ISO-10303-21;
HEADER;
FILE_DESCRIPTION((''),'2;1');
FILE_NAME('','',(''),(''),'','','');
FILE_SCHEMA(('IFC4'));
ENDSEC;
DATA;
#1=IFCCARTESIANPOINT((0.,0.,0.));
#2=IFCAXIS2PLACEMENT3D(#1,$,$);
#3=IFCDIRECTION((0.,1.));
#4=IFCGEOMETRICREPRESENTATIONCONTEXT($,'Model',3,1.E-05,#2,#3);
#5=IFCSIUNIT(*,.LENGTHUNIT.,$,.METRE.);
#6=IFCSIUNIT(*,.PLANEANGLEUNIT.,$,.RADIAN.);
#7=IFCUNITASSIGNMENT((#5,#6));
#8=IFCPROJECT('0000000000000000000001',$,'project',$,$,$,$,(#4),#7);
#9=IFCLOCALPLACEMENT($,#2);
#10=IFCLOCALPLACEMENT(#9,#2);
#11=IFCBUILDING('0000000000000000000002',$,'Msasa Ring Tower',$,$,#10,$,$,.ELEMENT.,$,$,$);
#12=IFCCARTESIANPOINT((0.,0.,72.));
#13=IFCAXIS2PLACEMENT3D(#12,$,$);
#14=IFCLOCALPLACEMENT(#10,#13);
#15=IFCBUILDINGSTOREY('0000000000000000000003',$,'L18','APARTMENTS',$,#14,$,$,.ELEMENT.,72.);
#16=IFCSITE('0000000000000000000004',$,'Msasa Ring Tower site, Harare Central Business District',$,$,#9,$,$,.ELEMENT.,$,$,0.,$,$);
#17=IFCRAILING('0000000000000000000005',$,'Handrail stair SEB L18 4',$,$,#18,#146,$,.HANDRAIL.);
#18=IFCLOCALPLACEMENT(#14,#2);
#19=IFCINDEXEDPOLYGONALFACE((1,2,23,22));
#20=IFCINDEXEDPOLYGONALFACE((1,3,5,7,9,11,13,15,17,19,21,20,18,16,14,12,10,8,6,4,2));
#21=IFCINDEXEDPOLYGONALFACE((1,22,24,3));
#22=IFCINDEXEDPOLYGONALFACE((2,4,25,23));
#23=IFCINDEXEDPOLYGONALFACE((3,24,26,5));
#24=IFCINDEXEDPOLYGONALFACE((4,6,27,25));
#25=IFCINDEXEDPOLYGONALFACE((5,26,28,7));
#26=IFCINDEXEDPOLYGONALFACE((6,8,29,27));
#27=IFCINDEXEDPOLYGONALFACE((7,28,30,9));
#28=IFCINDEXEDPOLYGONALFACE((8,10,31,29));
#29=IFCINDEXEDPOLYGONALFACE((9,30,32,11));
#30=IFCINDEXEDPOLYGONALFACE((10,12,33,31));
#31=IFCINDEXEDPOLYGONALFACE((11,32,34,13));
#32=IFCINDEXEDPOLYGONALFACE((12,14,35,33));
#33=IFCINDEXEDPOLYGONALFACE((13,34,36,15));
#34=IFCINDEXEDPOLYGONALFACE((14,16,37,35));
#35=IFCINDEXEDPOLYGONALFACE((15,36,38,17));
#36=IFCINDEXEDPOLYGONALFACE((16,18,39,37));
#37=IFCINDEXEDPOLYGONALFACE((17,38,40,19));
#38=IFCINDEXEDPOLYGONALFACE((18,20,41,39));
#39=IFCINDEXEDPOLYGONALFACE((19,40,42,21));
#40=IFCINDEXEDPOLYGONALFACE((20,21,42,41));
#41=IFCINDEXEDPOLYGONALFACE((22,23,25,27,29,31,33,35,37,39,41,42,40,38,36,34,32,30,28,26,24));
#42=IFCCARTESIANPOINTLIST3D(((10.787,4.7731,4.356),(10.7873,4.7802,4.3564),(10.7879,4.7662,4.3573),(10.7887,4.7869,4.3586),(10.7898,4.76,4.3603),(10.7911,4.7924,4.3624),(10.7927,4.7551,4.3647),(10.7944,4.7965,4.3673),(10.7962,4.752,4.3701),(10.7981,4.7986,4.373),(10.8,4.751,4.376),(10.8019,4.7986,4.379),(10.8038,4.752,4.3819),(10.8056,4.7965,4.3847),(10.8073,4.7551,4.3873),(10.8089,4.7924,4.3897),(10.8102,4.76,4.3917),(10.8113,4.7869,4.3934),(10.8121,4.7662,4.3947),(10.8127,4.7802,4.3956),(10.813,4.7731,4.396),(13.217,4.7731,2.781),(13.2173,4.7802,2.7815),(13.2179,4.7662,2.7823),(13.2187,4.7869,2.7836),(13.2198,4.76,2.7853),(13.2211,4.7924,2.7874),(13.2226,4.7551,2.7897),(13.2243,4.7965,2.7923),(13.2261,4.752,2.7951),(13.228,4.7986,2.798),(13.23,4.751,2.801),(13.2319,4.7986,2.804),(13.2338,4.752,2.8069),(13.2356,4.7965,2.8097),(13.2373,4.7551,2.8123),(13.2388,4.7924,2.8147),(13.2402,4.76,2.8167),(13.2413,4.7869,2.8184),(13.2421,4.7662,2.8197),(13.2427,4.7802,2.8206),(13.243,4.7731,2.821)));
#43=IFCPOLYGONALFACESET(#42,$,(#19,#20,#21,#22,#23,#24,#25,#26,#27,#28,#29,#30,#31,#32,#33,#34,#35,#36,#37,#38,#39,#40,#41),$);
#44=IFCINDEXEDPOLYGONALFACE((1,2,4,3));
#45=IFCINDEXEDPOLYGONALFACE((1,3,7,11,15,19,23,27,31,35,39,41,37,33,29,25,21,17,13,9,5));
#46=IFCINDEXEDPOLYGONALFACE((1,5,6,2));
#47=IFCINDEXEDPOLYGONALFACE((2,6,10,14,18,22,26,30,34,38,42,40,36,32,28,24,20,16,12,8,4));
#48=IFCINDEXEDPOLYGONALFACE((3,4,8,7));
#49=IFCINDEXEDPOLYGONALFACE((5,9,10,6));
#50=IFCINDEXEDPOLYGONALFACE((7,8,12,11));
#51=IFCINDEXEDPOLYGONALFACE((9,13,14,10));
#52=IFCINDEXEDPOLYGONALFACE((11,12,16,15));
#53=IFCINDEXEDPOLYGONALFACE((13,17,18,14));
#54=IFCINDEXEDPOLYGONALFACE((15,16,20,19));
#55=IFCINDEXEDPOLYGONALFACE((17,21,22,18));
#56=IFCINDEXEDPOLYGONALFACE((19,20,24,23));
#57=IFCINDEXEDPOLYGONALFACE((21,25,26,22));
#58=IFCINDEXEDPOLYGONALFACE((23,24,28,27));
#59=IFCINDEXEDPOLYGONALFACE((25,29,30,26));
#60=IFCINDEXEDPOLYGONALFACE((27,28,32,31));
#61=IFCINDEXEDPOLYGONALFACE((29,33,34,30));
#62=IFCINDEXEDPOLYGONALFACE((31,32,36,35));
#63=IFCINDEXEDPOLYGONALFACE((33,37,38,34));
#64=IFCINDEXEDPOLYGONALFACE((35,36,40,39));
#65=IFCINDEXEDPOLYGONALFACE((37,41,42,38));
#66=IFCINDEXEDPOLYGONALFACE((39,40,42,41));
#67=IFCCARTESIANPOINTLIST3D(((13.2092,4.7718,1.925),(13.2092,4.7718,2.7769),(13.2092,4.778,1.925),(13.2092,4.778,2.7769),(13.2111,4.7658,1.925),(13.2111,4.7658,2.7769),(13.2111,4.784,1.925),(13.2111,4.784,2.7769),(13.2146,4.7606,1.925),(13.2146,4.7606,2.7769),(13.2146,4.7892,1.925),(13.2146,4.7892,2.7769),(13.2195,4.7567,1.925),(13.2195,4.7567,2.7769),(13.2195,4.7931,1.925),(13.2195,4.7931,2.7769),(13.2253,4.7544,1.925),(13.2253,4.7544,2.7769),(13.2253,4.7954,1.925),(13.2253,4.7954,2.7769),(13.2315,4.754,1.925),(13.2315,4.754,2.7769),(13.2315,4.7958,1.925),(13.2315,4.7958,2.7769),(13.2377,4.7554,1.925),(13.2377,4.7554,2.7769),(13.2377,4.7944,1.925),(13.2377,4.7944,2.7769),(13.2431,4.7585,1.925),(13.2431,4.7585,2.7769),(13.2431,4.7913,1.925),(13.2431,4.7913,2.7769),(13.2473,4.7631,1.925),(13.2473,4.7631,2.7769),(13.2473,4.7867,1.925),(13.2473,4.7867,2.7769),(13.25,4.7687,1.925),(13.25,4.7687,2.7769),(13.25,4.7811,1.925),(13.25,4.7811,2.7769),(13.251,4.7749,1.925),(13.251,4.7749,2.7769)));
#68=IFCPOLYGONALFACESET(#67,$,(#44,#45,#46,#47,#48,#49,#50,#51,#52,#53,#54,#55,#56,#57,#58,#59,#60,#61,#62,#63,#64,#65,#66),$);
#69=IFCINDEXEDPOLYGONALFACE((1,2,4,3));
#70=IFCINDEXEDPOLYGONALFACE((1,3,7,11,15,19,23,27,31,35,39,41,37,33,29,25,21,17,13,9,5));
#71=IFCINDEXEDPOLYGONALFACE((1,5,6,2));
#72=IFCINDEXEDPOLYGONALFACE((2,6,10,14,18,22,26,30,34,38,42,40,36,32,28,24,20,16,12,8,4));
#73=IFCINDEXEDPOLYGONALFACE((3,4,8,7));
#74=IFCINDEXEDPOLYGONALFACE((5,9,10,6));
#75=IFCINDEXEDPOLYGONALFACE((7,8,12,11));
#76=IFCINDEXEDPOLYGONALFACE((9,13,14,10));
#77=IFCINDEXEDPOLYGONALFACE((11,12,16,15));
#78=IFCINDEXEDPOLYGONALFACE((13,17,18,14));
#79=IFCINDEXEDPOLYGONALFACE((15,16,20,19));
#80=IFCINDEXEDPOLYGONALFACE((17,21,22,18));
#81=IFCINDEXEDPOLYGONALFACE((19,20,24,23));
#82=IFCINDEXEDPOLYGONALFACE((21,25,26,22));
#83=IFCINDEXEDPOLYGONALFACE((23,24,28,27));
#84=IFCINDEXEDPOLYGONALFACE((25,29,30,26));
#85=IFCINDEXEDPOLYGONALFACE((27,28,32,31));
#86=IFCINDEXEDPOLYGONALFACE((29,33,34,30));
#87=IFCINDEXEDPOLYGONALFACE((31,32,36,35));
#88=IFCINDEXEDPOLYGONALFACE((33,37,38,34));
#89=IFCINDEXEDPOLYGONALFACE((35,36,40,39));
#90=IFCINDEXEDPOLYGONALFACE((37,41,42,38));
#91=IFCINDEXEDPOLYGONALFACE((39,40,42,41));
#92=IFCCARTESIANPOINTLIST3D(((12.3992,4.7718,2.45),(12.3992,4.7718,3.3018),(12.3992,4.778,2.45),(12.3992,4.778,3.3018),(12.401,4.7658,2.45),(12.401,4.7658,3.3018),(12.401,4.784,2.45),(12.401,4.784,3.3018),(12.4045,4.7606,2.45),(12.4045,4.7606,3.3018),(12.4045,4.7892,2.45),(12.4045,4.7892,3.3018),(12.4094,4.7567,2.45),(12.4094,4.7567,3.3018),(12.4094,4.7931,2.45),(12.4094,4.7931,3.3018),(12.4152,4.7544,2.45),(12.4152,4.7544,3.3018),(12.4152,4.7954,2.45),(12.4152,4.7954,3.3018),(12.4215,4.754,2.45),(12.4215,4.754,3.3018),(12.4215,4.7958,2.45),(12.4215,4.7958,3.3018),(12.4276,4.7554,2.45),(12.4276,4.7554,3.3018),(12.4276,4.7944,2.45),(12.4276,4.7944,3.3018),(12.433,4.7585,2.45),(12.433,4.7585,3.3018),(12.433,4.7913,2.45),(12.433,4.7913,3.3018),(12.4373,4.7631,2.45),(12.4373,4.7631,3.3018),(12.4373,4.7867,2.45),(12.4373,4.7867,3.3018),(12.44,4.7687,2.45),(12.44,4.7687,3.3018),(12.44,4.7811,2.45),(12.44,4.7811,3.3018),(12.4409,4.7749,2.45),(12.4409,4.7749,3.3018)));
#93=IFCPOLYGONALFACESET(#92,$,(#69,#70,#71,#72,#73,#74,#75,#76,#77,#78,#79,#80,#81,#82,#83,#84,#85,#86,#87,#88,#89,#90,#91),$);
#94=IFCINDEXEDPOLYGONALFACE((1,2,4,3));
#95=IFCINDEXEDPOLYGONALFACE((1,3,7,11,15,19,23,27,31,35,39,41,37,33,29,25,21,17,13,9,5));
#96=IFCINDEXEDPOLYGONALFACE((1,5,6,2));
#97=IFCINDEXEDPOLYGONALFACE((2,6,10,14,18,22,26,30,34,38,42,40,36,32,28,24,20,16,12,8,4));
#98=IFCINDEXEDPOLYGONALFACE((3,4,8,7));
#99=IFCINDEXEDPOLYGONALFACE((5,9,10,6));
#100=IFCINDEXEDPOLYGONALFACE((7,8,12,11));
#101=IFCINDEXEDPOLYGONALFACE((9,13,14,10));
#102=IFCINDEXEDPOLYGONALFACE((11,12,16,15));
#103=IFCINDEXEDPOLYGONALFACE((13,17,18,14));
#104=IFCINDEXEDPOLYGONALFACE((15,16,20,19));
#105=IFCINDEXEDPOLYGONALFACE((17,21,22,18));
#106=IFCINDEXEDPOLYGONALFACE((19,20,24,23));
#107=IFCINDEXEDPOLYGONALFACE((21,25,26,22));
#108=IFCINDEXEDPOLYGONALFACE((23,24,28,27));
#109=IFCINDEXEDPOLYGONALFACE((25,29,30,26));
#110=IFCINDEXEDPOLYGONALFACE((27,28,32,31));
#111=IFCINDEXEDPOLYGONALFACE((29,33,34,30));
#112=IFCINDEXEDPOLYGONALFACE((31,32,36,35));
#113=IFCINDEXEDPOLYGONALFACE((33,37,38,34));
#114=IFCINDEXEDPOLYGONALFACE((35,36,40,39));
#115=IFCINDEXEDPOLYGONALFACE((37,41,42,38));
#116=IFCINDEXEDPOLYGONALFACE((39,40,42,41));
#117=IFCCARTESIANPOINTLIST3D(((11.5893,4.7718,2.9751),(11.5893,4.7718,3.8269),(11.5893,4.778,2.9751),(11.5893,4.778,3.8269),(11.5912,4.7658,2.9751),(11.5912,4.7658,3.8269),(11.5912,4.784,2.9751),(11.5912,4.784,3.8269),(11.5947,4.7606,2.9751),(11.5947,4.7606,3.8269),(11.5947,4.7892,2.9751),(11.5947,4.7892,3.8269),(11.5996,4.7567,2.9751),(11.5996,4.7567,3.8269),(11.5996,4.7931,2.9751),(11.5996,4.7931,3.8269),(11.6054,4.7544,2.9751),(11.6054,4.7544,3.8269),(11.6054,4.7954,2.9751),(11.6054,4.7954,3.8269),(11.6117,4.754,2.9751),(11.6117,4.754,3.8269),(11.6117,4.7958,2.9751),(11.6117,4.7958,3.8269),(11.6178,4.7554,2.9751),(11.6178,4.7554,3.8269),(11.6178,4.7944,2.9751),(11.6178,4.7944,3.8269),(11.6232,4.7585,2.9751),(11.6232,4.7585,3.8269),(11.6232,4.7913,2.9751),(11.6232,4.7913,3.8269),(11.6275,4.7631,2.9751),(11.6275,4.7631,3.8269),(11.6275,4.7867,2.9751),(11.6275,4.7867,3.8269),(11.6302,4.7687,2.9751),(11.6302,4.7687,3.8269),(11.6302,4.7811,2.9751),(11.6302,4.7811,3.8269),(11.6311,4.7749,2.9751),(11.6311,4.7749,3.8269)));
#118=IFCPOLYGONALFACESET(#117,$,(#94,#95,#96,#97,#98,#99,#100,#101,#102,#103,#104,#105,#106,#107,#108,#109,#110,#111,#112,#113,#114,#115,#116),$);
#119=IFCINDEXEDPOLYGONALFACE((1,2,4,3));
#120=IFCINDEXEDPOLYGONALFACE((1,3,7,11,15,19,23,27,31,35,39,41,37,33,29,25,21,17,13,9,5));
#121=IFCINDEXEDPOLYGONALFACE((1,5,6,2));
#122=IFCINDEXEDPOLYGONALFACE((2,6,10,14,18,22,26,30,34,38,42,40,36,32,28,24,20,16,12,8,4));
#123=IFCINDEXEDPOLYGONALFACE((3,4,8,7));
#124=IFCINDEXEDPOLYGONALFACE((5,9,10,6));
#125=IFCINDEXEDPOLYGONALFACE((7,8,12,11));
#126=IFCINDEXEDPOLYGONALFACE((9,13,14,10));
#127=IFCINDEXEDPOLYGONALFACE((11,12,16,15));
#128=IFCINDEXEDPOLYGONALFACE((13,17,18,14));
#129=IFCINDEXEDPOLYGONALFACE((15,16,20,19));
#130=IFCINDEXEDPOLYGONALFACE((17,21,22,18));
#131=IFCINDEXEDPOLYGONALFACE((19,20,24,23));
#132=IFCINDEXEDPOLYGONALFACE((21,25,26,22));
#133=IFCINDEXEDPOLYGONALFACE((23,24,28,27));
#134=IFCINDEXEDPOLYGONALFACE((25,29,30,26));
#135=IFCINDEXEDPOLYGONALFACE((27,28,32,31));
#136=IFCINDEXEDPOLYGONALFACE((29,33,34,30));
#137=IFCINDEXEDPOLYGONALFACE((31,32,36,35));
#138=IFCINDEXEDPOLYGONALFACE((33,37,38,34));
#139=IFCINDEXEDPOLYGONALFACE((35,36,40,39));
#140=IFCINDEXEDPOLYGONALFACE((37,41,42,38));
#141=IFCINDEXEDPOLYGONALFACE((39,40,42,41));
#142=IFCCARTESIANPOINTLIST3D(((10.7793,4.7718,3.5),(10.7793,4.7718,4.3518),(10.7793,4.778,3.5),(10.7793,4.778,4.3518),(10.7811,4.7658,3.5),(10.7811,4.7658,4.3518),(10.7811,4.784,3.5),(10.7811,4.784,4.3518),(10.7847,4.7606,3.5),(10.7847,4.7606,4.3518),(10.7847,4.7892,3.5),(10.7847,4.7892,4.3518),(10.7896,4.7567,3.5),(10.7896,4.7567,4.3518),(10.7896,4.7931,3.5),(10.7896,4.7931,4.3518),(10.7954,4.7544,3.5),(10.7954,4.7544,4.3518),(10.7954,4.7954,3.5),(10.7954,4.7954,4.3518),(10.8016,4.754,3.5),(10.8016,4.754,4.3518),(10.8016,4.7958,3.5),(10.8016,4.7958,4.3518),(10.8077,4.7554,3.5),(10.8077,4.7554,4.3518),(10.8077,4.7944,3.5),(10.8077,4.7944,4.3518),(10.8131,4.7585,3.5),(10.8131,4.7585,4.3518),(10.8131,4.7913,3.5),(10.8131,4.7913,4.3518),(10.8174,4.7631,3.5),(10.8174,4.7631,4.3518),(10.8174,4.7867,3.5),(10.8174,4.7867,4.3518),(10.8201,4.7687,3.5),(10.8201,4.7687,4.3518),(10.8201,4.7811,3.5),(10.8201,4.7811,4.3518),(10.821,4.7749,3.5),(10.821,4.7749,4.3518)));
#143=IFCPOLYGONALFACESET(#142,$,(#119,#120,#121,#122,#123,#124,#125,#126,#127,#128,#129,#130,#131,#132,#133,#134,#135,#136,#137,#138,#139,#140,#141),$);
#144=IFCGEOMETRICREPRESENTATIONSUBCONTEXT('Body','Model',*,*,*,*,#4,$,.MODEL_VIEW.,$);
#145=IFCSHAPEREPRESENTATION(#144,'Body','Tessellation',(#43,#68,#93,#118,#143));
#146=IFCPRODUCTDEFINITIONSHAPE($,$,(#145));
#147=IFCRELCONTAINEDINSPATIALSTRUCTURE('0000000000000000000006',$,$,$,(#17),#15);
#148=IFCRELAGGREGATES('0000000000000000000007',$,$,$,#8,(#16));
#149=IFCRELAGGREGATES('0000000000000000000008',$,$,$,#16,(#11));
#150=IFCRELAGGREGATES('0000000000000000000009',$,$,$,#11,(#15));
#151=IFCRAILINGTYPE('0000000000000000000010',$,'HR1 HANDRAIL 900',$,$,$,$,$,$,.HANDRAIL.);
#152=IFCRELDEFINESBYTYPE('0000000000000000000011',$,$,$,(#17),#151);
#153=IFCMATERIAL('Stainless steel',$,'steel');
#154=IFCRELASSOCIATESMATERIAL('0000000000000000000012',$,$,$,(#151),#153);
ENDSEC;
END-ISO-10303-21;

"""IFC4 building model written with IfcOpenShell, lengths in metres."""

from ifc_helpers import new_model, si_unit, direction, frame, origin, origin_2d, place, context, subcontext, project, spatial, circle, extrude, material, type_object, element, save


model = new_model("IFC4")

# Units and contexts
model_context = context("Model", 3, precision=1e-05, world=origin(), true_north=direction((0.0, 1.0)))
body_context = subcontext(model_context, "Body", "Model", "MODEL_VIEW")
ifc_project = project(units=[si_unit("LENGTHUNIT", "METRE"), si_unit("PLANEANGLEUNIT", "RADIAN")], contexts=[model_context])

# Site, building, storey
site_placement = place(None, origin())
site = spatial("IfcSite", under=ifc_project, at=site_placement, Name="Msasa Ring Tower site, Harare Central Business District", CompositionType="ELEMENT", RefElevation=0.0)
building_placement = place(site_placement, origin())
building = spatial("IfcBuilding", under=site, at=building_placement, Name="Msasa Ring Tower", CompositionType="ELEMENT")
storey_placement = place(building_placement, frame((0.0, 0.0, 72.0)))
storey = spatial("IfcBuildingStorey", under=building, at=storey_placement, Name="L18", Description="APARTMENTS", CompositionType="ELEMENT", Elevation=72.0)

# Railing
ifc_material_1 = material(Name="Stainless steel", Category="steel")
railing_type = type_object("IfcRailingType", Name="HR1 HANDRAIL 900", PredefinedType="HANDRAIL", material=ifc_material_1)
for number, where, name in (
    (1, (13.23, 4.7749, 1.925), "Handrail stair SEB L18 4"),
):
    element("IfcRailing", number, at=place(storey_placement, frame(where)), inside=storey, type_object=railing_type, Name=name, PredefinedType="HANDRAIL", context=body_context, shape_type="SweptSolid", body=[
        extrude(circle(Radius=0.0239, at=origin_2d()), frame((0.0, 0.0, 0.876), z_axis=(-0.839154, 0.0, 0.543894), x_axis=(0.0, -1.0, 0.0)), (0.0, 0.0, 1.0), 2.8958),
        extrude(circle(Radius=0.021, at=origin_2d()), origin(), (0.0, 0.0, 1.0), 0.8518),
        extrude(circle(Radius=0.021, at=origin_2d()), frame((-0.8101, 0.0, 0.5249)), (0.0, 0.0, 1.0), 0.8518),
        extrude(circle(Radius=0.021, at=origin_2d()), frame((-1.6199, 0.0, 1.05)), (0.0, 0.0, 1.0), 0.8518),
        extrude(circle(Radius=0.021, at=origin_2d()), frame((-2.4299, 0.0, 1.575)), (0.0, 0.0, 1.0), 0.8518),
    ])

save(model, "model.ifc")
